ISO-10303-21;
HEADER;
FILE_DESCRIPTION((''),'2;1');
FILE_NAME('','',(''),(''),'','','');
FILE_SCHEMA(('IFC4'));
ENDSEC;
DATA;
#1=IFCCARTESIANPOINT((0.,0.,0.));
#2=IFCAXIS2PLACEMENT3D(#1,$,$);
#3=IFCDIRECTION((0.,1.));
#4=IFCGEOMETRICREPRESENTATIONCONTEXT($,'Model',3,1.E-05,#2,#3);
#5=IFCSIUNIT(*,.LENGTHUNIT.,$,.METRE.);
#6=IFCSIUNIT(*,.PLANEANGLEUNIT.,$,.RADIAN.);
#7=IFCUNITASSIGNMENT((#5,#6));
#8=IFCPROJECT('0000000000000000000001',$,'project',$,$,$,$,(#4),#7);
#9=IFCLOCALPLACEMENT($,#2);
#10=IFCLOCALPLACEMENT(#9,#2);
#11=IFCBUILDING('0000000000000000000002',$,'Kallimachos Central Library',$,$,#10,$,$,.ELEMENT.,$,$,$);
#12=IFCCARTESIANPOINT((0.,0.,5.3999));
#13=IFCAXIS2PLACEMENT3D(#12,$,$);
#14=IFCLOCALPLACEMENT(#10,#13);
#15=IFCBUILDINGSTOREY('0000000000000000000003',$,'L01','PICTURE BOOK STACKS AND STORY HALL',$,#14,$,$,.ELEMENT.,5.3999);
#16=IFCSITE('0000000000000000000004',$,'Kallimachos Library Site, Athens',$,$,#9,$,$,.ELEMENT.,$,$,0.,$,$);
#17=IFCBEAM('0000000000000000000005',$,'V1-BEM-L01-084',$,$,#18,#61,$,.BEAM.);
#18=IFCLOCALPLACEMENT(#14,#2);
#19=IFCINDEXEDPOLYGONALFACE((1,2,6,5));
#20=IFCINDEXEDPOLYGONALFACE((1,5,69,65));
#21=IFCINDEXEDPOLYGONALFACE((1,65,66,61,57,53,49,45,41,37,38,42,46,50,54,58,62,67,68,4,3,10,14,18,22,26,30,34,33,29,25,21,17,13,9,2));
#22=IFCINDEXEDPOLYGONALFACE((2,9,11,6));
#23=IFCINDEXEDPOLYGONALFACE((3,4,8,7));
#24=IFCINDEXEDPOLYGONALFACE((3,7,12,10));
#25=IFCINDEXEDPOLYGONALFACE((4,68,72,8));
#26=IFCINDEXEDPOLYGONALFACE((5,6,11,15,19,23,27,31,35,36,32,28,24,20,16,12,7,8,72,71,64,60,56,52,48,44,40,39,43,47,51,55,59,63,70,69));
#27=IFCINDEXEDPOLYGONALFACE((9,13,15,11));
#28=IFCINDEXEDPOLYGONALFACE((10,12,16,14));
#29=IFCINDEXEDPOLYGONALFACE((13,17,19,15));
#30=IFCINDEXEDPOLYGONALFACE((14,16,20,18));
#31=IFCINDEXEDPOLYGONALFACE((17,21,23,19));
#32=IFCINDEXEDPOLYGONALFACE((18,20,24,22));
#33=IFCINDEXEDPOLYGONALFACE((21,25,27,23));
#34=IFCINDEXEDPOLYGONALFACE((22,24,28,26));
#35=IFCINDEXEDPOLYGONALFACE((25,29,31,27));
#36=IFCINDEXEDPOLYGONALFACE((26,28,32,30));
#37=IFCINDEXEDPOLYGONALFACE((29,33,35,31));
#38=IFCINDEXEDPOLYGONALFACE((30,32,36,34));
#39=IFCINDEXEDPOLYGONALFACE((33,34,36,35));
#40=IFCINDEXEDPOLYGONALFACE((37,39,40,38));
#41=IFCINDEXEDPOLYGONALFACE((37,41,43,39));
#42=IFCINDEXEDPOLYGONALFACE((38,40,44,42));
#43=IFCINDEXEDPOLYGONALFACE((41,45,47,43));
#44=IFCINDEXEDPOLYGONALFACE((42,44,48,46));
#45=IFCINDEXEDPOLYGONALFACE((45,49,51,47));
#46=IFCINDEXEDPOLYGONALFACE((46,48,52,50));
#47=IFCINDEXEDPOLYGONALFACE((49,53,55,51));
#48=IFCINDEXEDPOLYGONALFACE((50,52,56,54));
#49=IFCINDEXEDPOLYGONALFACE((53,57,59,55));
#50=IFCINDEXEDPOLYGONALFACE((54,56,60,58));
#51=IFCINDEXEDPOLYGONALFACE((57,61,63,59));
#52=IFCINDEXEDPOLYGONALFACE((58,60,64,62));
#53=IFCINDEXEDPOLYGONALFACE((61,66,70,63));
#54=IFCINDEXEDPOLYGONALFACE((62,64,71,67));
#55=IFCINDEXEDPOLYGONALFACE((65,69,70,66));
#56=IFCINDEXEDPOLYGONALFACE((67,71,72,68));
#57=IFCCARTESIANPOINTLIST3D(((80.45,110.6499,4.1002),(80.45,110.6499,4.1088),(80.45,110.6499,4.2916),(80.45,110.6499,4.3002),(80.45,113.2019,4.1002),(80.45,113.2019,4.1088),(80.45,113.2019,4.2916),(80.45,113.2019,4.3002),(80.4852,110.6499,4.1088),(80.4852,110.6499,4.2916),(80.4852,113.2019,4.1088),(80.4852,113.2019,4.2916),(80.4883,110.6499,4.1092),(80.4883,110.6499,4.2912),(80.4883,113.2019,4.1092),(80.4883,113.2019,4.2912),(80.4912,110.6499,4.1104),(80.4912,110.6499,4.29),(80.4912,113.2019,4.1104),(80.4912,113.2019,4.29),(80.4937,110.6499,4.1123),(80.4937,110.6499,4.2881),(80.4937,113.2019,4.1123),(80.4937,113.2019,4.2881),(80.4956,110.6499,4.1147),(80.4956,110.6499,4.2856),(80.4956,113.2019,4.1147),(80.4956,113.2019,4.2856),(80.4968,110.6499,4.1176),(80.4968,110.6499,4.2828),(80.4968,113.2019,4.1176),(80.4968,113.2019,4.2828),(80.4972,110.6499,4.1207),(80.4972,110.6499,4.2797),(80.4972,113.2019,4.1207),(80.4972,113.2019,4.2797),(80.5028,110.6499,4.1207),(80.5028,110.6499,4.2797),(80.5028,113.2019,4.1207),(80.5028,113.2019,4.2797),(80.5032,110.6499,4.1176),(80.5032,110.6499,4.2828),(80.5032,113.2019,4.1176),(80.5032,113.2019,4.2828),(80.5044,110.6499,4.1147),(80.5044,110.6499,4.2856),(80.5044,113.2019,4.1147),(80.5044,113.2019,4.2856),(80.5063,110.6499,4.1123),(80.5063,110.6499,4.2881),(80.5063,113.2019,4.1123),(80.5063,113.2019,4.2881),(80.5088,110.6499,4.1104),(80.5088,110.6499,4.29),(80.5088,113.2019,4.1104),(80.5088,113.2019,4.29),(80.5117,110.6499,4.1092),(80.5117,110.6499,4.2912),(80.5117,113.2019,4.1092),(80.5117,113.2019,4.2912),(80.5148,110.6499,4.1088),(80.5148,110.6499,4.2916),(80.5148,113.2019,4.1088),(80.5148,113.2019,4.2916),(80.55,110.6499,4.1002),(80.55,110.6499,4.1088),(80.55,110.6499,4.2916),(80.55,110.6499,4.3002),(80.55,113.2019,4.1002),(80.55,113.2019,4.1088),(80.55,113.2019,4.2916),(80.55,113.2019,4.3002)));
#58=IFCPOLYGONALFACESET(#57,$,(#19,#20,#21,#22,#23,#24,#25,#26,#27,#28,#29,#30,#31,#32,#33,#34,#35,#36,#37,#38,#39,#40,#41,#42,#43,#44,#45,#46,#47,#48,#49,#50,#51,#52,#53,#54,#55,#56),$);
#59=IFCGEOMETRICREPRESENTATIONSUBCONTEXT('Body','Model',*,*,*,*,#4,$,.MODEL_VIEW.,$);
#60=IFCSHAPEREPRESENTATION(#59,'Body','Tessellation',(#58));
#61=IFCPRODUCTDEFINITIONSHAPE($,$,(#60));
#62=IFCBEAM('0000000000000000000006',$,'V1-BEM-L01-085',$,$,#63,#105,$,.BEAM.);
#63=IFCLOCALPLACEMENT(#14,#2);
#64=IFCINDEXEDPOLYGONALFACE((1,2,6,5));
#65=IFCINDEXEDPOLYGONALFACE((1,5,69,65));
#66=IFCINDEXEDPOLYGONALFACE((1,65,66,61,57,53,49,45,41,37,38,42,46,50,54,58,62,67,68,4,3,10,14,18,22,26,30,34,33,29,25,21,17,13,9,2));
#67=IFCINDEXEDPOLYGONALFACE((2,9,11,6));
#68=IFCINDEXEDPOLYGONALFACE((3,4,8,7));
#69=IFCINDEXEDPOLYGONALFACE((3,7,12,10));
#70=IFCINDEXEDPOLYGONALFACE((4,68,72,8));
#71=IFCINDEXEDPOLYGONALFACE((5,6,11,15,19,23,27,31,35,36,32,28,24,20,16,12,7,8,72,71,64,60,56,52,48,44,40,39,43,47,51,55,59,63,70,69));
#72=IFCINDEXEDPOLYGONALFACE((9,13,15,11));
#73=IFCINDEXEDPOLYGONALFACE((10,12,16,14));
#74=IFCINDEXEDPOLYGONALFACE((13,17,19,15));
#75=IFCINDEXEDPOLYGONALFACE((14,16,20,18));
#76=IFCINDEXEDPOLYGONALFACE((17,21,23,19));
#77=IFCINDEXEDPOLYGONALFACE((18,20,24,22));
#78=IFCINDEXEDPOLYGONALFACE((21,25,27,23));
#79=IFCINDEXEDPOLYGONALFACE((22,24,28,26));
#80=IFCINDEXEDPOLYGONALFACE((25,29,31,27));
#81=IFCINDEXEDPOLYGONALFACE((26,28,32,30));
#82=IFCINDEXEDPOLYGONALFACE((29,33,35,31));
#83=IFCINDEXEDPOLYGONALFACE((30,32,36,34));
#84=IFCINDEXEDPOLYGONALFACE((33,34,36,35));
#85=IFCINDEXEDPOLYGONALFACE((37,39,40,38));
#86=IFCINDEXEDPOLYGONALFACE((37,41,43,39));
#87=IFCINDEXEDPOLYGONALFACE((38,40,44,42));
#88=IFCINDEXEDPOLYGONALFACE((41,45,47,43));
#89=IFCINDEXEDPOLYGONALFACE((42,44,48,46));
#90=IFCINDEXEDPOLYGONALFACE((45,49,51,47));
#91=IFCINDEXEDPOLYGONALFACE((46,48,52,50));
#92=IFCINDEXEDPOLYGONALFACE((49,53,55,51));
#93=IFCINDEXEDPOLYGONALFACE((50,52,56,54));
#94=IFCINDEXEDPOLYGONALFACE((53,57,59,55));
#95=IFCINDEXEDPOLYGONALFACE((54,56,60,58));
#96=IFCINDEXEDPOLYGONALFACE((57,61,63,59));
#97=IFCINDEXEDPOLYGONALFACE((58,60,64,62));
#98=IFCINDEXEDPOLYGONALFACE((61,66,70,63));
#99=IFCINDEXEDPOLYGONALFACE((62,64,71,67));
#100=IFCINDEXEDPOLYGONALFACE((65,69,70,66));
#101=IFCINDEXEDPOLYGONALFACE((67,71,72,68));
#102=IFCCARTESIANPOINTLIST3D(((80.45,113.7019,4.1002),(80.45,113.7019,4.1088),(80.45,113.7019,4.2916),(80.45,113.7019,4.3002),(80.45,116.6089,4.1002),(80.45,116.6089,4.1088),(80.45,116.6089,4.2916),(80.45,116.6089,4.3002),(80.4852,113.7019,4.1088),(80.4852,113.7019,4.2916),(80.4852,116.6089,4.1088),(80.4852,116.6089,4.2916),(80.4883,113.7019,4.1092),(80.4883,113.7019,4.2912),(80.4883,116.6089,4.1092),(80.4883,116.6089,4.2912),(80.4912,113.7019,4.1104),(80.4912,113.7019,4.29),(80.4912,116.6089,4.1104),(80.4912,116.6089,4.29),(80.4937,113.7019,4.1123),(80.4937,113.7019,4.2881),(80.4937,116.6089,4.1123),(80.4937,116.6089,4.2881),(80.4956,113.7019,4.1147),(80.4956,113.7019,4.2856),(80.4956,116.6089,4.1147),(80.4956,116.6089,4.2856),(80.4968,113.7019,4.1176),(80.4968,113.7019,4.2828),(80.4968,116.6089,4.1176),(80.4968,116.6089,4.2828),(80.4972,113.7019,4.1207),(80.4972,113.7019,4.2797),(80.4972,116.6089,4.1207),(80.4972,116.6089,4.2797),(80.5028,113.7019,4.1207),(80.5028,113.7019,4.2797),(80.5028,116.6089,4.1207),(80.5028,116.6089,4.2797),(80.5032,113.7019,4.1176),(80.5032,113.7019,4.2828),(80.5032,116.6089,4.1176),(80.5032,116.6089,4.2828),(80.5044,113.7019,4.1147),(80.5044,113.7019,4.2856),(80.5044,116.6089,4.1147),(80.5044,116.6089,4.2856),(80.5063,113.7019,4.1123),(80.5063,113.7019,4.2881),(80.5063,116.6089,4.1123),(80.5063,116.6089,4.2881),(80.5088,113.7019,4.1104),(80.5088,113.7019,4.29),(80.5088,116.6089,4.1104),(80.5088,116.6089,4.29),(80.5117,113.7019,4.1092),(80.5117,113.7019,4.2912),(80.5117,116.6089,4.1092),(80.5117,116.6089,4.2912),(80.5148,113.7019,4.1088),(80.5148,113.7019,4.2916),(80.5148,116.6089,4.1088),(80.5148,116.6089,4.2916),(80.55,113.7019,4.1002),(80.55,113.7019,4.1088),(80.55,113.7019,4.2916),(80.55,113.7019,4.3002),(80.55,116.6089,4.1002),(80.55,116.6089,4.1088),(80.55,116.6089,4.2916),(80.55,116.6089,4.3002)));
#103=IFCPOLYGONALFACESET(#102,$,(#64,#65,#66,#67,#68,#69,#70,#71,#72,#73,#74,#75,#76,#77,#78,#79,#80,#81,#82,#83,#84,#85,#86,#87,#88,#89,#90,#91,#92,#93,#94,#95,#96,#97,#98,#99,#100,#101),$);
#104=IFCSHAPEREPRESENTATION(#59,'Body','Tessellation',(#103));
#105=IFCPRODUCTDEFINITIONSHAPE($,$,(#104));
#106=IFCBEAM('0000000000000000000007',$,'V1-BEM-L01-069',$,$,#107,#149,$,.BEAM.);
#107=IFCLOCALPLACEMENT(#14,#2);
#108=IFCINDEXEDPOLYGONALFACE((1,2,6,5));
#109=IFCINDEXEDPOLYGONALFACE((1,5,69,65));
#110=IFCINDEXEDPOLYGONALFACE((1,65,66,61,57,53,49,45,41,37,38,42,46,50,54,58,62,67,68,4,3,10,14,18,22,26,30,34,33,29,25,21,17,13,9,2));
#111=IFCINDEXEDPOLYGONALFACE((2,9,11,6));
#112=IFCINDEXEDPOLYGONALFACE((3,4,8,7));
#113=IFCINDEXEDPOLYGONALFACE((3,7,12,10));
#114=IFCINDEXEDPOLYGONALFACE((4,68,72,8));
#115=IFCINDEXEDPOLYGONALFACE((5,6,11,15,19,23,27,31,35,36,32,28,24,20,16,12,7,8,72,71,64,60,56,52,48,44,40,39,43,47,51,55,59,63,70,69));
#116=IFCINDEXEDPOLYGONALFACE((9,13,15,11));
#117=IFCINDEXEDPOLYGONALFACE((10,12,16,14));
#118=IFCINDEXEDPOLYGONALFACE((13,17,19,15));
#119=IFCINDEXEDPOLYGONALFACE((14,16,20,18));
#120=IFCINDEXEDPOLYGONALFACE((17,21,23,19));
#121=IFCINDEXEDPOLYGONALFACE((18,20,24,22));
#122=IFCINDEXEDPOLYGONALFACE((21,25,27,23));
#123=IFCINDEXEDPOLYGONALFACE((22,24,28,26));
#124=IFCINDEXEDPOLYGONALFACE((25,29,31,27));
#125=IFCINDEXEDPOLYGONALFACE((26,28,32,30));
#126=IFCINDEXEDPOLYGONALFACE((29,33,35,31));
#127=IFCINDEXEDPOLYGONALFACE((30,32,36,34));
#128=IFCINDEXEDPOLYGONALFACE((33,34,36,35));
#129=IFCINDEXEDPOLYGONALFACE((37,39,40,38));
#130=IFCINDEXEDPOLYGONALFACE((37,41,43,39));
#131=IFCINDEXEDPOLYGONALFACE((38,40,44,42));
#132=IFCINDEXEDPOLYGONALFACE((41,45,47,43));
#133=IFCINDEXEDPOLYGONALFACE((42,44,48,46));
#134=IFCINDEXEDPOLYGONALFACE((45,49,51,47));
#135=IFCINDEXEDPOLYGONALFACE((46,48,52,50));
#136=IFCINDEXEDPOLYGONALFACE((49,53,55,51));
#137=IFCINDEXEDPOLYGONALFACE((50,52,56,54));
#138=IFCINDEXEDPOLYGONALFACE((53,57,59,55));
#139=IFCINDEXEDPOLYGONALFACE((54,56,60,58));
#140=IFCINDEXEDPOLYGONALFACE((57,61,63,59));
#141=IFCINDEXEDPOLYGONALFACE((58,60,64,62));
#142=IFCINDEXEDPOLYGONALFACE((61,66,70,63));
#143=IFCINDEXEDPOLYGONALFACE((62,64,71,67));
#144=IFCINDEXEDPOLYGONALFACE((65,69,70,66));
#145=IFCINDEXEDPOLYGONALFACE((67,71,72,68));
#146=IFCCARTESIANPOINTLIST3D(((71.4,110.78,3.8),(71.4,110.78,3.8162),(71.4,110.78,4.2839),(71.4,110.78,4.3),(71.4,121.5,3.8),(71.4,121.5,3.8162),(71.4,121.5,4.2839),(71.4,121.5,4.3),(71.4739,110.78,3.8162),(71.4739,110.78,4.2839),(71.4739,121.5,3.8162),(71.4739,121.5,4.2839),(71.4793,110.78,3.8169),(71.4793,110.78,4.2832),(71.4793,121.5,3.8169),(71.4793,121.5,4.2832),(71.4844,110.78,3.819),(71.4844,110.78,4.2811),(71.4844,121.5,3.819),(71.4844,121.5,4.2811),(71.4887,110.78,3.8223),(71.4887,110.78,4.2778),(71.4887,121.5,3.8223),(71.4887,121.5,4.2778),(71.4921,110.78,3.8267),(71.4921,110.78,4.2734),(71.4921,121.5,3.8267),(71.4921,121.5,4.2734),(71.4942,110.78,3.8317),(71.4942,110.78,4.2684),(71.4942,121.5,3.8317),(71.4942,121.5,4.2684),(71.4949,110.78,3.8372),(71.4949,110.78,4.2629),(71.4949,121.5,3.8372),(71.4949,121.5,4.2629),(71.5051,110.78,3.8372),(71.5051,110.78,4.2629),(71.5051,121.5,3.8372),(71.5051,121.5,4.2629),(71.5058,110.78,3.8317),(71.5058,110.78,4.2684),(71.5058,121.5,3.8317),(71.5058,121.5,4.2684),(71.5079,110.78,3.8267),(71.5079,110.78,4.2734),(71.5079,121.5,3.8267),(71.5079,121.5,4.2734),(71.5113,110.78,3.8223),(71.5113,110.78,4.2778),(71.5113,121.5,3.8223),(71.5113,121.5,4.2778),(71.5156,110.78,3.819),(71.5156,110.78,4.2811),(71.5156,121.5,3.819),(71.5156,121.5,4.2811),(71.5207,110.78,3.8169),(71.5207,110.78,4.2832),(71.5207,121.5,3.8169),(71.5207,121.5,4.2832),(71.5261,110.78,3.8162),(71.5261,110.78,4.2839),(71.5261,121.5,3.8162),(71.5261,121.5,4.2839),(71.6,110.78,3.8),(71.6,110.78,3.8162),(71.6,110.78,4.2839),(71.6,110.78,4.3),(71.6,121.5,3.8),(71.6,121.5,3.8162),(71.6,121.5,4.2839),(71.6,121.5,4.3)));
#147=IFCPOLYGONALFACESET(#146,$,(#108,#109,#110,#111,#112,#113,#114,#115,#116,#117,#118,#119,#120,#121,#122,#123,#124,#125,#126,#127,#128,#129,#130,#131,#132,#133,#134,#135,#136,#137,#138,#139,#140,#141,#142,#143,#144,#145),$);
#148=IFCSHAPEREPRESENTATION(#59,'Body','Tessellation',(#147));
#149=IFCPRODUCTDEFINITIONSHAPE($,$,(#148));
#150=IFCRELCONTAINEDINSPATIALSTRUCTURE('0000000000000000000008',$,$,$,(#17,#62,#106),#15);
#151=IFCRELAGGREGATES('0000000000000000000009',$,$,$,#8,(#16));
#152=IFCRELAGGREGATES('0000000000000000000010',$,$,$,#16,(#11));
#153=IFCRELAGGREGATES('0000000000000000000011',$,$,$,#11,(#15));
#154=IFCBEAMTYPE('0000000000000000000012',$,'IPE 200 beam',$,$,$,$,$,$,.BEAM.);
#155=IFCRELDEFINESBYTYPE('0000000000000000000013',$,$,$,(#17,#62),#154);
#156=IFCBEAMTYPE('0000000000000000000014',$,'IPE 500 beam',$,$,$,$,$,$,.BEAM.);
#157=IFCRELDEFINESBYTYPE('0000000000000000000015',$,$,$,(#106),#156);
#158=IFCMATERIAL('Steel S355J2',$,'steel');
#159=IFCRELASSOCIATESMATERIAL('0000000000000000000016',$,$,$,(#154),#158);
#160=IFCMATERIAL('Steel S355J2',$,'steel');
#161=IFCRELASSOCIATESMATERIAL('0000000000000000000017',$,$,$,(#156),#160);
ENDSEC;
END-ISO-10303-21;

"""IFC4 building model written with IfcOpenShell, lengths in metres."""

from ifc_helpers import new_model, si_unit, direction, frame, origin, origin_2d, place, context, subcontext, project, spatial, i_section, extrude, material, material_profile, profile_set, type_object, element, save


model = new_model("IFC4")

# Units and contexts
model_context = context("Model", 3, precision=1e-05, world=origin(), true_north=direction((0.0, 1.0)))
body_context = subcontext(model_context, "Body", "Model", "MODEL_VIEW")
ifc_project = project(units=[si_unit("LENGTHUNIT", "METRE"), si_unit("PLANEANGLEUNIT", "RADIAN")], contexts=[model_context])

# Site, building, storey
site_placement = place(None, origin())
site = spatial("IfcSite", under=ifc_project, at=site_placement, Name="Kallimachos Library Site, Athens", CompositionType="ELEMENT", RefElevation=0.0)
building_placement = place(site_placement, origin())
building = spatial("IfcBuilding", under=site, at=building_placement, Name="Kallimachos Central Library", CompositionType="ELEMENT")
storey_placement = place(building_placement, frame((0.0, 0.0, 5.3999)))
storey = spatial("IfcBuildingStorey", under=building, at=storey_placement, Name="L01", Description="PICTURE BOOK STACKS AND STORY HALL", CompositionType="ELEMENT", Elevation=5.3999)

# Beams
ifc_material_1 = material(Name="Steel S355J2", Category="steel")
ifc_material_profile_1 = material_profile(ifc_material_1, i_section(OverallWidth=0.1001, OverallDepth=0.2, WebThickness=0.0056, FlangeThickness=0.0085, FilletRadius=0.012, at=origin_2d()), Name="IPE 200")
ifc_profile_set_1 = profile_set([ifc_material_profile_1], Name="Steel S355J2")
beam_type_1 = type_object("IfcBeamType", Name="IPE 200 beam", PredefinedType="BEAM", material=ifc_profile_set_1)
beam_1_placement = place(storey_placement, frame((80.5, 110.6499, 4.2002), z_axis=(0.0, 1.0, 0.0), x_axis=(-1.0, 0.0, 0.0)))
element("IfcBeam", 1, at=beam_1_placement, inside=storey, type_object=beam_type_1, Name="V1-BEM-L01-084", PredefinedType="BEAM", context=body_context, shape_type="SweptSolid", body=[
    extrude(i_section(OverallWidth=0.1001, OverallDepth=0.2, WebThickness=0.0056, FlangeThickness=0.0085, FilletRadius=0.012, at=origin_2d()), origin(), (0.0, 0.0, 1.0), 2.552),
])
beam_2_placement = place(storey_placement, frame((80.5, 113.7019, 4.2002), z_axis=(0.0, 1.0, 0.0), x_axis=(-1.0, 0.0, 0.0)))
element("IfcBeam", 2, at=beam_2_placement, inside=storey, type_object=beam_type_1, Name="V1-BEM-L01-085", PredefinedType="BEAM", context=body_context, shape_type="SweptSolid", body=[
    extrude(i_section(OverallWidth=0.1001, OverallDepth=0.2, WebThickness=0.0056, FlangeThickness=0.0085, FilletRadius=0.012, at=origin_2d()), origin(), (0.0, 0.0, 1.0), 2.907),
])
ifc_material_2 = material(Name="Steel S355J2", Category="steel")
ifc_material_profile_2 = material_profile(ifc_material_2, i_section(OverallWidth=0.2, OverallDepth=0.5, WebThickness=0.0103, FlangeThickness=0.0161, FilletRadius=0.021, at=origin_2d()), Name="IPE 500")
ifc_profile_set_2 = profile_set([ifc_material_profile_2], Name="Steel S355J2")
beam_type_2 = type_object("IfcBeamType", Name="IPE 500 beam", PredefinedType="BEAM", material=ifc_profile_set_2)
beam_3_placement = place(storey_placement, frame((71.5, 110.78, 4.05), z_axis=(0.0, 1.0, 0.0), x_axis=(-1.0, 0.0, 0.0)))
element("IfcBeam", 3, at=beam_3_placement, inside=storey, type_object=beam_type_2, Name="V1-BEM-L01-069", PredefinedType="BEAM", context=body_context, shape_type="SweptSolid", body=[
    extrude(i_section(OverallWidth=0.2, OverallDepth=0.5, WebThickness=0.0103, FlangeThickness=0.0161, FilletRadius=0.021, at=origin_2d()), origin(), (0.0, 0.0, 1.0), 10.72),
])

save(model, "model.ifc")
